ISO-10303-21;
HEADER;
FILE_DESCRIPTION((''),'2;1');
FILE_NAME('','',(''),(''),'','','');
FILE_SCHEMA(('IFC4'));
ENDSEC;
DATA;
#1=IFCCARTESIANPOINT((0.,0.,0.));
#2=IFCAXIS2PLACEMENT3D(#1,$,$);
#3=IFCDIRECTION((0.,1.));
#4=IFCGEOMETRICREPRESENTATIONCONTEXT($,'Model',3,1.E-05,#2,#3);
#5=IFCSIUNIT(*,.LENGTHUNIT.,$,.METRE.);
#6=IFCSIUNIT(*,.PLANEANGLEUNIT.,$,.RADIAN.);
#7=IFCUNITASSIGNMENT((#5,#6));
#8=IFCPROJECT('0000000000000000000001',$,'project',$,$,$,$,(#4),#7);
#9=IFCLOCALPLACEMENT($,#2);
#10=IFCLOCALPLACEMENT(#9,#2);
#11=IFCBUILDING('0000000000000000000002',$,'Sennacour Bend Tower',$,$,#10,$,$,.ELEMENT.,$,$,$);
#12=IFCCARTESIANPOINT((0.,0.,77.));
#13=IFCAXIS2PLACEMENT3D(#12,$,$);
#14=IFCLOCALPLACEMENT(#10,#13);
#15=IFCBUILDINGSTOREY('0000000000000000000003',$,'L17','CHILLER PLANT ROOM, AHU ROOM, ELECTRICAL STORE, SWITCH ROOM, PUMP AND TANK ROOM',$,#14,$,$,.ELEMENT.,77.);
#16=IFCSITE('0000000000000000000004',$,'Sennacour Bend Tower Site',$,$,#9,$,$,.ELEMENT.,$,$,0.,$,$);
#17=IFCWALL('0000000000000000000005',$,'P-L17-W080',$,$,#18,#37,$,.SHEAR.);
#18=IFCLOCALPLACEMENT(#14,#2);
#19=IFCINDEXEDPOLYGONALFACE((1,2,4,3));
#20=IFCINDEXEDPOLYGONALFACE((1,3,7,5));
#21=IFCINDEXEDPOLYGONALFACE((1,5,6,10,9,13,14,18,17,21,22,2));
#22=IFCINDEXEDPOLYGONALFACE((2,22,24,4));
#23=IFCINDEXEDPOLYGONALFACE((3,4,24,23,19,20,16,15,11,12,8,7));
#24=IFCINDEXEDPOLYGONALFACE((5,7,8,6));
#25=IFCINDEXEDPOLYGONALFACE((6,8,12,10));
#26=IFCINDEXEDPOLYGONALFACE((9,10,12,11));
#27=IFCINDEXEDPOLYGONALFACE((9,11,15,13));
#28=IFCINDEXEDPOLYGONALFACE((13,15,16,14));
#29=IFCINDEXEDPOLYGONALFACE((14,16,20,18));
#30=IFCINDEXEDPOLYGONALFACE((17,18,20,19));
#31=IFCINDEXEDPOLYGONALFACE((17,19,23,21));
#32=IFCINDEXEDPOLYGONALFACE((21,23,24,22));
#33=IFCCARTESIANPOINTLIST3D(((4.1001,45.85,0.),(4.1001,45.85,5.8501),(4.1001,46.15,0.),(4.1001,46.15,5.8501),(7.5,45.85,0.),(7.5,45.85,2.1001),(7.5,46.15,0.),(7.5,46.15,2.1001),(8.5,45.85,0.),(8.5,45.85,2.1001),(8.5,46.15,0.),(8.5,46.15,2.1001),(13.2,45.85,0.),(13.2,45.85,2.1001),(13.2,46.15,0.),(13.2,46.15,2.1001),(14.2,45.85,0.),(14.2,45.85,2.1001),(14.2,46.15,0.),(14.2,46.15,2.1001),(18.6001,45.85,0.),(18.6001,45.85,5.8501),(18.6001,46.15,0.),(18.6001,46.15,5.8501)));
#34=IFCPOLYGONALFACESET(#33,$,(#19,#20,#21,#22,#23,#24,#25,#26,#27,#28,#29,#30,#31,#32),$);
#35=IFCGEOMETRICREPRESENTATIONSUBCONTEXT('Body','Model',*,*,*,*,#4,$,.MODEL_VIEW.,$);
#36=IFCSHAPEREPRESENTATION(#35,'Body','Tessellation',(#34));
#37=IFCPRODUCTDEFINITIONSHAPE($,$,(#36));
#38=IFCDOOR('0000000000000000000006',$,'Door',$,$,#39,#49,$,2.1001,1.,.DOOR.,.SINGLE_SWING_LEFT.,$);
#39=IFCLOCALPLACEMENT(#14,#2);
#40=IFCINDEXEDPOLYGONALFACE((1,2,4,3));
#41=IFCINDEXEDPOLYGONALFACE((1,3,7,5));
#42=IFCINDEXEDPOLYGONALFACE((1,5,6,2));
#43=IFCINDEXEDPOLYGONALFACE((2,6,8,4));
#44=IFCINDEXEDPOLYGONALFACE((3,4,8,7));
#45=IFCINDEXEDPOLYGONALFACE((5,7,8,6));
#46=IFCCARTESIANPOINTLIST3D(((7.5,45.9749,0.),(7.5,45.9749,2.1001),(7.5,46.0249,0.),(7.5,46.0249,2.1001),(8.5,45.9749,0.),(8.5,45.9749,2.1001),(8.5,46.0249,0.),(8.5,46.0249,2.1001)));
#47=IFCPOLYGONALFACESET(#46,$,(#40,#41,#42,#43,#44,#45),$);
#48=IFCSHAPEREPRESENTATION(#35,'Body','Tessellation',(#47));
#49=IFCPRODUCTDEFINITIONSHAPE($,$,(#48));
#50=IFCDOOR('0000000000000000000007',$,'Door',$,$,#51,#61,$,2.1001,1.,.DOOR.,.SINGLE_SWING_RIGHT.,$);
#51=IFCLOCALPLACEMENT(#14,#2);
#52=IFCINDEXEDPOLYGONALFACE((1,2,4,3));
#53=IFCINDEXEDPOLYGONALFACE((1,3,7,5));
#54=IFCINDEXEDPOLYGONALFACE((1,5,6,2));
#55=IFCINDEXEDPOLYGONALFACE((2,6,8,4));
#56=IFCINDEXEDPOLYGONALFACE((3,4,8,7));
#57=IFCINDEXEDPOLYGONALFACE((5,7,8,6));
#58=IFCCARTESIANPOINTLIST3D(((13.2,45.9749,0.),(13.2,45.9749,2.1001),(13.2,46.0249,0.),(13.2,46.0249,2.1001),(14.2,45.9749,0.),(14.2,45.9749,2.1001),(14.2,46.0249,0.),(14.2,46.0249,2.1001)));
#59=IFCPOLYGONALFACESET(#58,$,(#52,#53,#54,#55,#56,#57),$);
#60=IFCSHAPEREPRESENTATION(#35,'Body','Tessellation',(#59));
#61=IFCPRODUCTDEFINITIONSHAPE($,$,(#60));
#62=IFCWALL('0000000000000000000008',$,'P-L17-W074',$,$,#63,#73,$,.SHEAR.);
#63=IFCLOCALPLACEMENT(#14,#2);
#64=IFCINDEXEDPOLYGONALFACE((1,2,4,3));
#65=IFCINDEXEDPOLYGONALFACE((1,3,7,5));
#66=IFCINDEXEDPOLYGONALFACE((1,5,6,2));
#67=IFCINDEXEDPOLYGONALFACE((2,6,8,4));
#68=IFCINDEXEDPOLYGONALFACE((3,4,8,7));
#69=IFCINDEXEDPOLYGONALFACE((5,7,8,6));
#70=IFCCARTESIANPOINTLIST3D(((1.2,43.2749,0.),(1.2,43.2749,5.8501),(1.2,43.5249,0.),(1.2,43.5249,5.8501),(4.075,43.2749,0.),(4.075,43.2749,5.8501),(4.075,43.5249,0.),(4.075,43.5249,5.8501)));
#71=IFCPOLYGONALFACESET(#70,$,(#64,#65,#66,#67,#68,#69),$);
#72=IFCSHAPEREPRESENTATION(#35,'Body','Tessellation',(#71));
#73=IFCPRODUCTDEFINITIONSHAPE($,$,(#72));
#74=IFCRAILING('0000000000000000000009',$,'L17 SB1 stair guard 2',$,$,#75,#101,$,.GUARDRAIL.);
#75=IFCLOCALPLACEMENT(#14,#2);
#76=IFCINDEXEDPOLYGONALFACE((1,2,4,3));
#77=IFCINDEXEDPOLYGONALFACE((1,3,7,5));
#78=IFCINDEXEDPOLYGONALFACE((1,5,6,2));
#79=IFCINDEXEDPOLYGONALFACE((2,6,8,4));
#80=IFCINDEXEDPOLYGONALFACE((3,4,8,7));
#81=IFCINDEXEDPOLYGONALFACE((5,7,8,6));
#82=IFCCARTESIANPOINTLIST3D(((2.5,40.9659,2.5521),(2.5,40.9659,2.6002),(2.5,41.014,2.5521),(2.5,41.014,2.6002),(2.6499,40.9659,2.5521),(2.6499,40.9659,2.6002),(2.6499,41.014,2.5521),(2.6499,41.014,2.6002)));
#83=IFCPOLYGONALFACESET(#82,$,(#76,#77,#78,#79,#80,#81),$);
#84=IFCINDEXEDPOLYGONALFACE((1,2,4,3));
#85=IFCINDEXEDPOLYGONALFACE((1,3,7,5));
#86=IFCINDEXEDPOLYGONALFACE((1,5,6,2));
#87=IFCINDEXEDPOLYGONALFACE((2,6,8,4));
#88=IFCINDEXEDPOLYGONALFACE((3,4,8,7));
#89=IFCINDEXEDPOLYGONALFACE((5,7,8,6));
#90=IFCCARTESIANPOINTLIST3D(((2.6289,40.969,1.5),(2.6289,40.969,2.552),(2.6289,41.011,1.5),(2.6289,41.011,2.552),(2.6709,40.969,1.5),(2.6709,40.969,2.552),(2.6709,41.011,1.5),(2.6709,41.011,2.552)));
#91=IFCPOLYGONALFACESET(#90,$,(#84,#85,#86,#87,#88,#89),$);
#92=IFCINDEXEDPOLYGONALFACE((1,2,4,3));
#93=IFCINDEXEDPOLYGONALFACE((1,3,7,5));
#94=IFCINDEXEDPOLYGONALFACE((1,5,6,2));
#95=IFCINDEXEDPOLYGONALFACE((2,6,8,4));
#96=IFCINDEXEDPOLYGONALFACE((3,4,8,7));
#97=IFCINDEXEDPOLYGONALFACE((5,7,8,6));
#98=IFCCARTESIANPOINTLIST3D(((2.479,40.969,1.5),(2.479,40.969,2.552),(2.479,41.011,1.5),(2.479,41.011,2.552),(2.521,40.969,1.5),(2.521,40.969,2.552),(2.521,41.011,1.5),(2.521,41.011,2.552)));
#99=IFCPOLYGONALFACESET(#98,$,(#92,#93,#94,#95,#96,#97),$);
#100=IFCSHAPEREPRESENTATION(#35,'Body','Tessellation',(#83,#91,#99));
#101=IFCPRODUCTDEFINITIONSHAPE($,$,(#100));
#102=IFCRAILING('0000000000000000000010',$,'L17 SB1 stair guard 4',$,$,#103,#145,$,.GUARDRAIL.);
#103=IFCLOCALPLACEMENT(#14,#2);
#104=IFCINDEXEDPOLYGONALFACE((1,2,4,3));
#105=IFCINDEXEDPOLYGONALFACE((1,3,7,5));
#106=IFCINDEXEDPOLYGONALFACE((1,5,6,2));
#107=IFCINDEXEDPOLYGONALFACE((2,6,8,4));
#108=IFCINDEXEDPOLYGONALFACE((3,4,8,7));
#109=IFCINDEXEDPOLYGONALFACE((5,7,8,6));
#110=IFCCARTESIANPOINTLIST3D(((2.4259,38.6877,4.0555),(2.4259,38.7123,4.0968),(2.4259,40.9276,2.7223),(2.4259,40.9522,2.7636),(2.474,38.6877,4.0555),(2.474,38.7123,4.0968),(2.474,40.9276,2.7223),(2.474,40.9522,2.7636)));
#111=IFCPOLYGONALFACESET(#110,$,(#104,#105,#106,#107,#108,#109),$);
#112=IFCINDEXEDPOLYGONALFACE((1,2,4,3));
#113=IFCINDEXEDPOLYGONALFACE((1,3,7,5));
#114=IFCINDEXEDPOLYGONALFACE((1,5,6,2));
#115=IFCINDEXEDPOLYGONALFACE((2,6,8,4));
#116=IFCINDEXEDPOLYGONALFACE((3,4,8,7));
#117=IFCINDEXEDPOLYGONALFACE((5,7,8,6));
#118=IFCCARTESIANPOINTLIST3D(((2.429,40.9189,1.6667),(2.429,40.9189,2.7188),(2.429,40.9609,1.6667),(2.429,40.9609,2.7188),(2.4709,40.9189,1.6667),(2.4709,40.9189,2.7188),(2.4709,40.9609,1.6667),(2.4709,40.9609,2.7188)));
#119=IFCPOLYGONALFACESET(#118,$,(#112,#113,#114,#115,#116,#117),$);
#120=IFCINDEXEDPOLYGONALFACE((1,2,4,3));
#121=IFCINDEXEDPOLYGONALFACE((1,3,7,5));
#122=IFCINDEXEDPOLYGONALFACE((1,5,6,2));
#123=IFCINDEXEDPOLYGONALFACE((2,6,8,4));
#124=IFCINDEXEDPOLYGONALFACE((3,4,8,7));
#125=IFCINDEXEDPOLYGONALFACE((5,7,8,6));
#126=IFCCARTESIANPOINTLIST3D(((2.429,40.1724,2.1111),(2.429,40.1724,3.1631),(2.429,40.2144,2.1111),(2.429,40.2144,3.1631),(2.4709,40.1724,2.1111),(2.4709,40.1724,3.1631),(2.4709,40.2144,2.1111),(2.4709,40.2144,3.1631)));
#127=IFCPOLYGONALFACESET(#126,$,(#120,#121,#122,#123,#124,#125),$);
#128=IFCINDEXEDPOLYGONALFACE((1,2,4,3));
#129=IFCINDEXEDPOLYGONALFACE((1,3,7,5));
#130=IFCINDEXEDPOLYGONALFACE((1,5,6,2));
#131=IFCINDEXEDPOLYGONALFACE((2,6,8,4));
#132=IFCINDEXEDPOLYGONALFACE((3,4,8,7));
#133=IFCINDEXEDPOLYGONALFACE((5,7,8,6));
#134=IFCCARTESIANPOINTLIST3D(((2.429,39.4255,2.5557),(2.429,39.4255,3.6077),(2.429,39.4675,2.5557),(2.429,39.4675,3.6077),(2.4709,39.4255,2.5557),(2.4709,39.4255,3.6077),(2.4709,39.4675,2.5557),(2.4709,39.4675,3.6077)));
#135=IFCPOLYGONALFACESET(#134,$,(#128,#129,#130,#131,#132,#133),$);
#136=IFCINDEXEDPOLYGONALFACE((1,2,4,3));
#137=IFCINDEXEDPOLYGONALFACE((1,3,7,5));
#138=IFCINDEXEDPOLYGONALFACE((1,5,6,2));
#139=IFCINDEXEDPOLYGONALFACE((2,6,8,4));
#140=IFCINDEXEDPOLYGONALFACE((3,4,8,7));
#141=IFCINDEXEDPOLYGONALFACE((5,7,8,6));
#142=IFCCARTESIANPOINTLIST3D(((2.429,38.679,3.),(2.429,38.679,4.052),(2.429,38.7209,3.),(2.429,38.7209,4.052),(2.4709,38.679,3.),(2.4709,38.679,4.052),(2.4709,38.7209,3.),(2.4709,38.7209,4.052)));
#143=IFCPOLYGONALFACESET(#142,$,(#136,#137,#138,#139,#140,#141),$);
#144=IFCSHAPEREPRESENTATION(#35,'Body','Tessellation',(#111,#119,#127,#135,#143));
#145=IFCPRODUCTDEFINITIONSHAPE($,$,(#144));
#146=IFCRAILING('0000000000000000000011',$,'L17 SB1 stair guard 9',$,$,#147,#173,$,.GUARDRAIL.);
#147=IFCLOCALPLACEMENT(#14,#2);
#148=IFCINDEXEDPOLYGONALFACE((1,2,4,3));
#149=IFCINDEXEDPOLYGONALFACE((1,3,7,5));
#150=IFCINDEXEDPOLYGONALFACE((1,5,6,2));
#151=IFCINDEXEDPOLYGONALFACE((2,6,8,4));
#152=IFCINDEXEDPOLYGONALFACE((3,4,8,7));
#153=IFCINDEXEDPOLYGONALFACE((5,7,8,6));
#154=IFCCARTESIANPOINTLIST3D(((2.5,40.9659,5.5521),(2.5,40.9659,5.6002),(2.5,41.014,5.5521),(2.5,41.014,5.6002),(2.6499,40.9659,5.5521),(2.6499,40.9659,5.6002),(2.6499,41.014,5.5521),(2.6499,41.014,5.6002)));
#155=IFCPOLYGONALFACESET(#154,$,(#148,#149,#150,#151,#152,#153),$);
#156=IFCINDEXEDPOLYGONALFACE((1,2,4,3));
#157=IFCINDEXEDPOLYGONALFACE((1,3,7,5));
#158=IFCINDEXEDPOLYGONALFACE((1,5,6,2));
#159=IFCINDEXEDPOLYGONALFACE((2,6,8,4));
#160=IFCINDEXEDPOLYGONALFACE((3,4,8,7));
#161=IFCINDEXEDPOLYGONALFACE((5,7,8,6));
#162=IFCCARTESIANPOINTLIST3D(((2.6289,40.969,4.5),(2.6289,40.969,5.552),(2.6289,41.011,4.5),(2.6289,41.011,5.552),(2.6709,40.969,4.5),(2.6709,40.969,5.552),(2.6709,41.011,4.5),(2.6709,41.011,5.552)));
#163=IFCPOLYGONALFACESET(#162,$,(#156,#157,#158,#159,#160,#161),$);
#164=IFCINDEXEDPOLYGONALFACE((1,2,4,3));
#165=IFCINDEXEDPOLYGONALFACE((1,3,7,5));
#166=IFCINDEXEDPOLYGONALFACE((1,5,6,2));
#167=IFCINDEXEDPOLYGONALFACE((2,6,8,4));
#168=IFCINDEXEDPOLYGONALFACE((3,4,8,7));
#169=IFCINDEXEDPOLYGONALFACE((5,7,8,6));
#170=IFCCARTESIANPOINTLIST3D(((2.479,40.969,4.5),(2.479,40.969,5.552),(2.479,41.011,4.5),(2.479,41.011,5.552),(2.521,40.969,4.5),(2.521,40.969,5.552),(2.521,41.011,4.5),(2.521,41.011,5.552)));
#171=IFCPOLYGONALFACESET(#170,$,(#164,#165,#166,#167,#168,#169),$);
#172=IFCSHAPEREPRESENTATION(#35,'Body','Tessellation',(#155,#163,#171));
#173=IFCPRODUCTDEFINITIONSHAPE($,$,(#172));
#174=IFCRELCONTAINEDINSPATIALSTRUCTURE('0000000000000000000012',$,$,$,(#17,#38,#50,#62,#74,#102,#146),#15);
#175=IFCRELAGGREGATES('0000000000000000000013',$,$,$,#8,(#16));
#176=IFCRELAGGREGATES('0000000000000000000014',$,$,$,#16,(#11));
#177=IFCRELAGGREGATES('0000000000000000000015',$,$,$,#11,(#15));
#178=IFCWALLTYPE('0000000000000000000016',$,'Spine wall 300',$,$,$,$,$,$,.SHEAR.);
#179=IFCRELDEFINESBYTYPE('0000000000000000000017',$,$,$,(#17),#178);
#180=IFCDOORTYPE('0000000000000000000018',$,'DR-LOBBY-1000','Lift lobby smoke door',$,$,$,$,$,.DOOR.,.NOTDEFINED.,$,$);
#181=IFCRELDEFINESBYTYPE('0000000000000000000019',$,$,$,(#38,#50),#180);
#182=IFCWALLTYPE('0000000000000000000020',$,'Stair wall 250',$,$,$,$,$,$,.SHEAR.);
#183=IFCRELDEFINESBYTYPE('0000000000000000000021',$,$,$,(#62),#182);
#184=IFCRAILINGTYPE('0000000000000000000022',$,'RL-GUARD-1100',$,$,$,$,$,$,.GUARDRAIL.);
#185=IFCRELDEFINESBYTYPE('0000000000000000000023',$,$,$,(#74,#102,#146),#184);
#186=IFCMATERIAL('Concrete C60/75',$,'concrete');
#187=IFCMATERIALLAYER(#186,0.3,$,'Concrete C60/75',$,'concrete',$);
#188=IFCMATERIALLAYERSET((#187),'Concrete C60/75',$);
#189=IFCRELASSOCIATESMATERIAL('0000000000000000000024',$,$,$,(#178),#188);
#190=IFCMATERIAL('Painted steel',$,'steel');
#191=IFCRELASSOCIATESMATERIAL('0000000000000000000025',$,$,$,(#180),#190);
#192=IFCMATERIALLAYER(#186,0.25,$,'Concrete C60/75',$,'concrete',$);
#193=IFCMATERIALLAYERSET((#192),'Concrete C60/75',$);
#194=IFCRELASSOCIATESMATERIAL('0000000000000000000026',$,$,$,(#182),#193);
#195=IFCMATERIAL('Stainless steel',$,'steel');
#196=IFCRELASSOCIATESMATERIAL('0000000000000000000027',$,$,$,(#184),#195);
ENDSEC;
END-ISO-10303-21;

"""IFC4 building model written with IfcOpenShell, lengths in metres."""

from ifc_helpers import new_model, si_unit, direction, frame, frame_2d, origin, origin_2d, place, context, subcontext, project, spatial, rectangle, extrude, material, layer, layer_set, type_object, element, fill, save


model = new_model("IFC4")

# Units and contexts
model_context = context("Model", 3, precision=1e-05, world=origin(), true_north=direction((0.0, 1.0)))
body_context = subcontext(model_context, "Body", "Model", "MODEL_VIEW")
ifc_project = project(units=[si_unit("LENGTHUNIT", "METRE"), si_unit("PLANEANGLEUNIT", "RADIAN")], contexts=[model_context])

# Site, building, storey
site_placement = place(None, origin())
site = spatial("IfcSite", under=ifc_project, at=site_placement, Name="Sennacour Bend Tower Site", CompositionType="ELEMENT", RefElevation=0.0)
building_placement = place(site_placement, origin())
building = spatial("IfcBuilding", under=site, at=building_placement, Name="Sennacour Bend Tower", CompositionType="ELEMENT")
storey_placement = place(building_placement, frame((0.0, 0.0, 77.0)))
storey = spatial("IfcBuildingStorey", under=building, at=storey_placement, Name="L17", Description="CHILLER PLANT ROOM, AHU ROOM, ELECTRICAL STORE, SWITCH ROOM, PUMP AND TANK ROOM", CompositionType="ELEMENT", Elevation=77.0)

# Shared definitions
ifc_material_1 = material(Name="Painted steel", Category="steel")

# Wall, openings, doors
ifc_material_2 = material(Name="Concrete C60/75", Category="concrete")
ifc_layer_1 = layer(ifc_material_2, 0.3, Name="Concrete C60/75", Category="concrete")
ifc_layer_set_1 = layer_set([ifc_layer_1], Name="Concrete C60/75")
wall_type_1 = type_object("IfcWallType", Name="Spine wall 300", PredefinedType="SHEAR", material=ifc_layer_set_1)
wall_1_placement = place(storey_placement, frame((4.1001, 46.0, 0.0), z_axis=(0.0, 0.0, 1.0), x_axis=(1.0, 0.0, 0.0)))
wall_1 = element("IfcWall", 1, at=wall_1_placement, inside=storey, type_object=wall_type_1, Name="P-L17-W080", PredefinedType="SHEAR", context=body_context, shape_type="SweptSolid", body=[
    extrude(rectangle(XDim=14.5, YDim=0.3, at=frame_2d((7.25, 0.0))), origin(), (0.0, 0.0, 1.0), 5.8501),
])
opening_1_placement = place(wall_1_placement, frame((3.3999, 0.0, 0.0)))
opening_1 = element("IfcOpeningElement", 2, at=opening_1_placement, cuts=wall_1, PredefinedType="OPENING", context=body_context, shape_type="SweptSolid", body=[
    extrude(rectangle(XDim=1.0, YDim=2.1001, at=frame_2d((0.5, 1.05))), frame((0.0, 0.1602, 0.0), z_axis=(0.0, -1.0, 0.0), x_axis=(1.0, 0.0, 0.0)), (0.0, 0.0, 1.0), 0.3201),
])
opening_2_placement = place(wall_1_placement, frame((9.0999, 0.0, 0.0)))
opening_2 = element("IfcOpeningElement", 3, at=opening_2_placement, cuts=wall_1, PredefinedType="OPENING", context=body_context, shape_type="SweptSolid", body=[
    extrude(rectangle(XDim=1.0, YDim=2.1001, at=frame_2d((0.5, 1.05))), frame((0.0, 0.1602, 0.0), z_axis=(0.0, -1.0, 0.0), x_axis=(1.0, 0.0, 0.0)), (0.0, 0.0, 1.0), 0.3201),
])
door_type_1 = type_object("IfcDoorType", Name="DR-LOBBY-1000", Description="Lift lobby smoke door", OperationType="NOTDEFINED", PredefinedType="DOOR", material=ifc_material_1)
door_1_placement = place(opening_1_placement, origin())
door_1 = element("IfcDoor", 4, at=door_1_placement, inside=storey, type_object=door_type_1, Name="Door", OperationType="SINGLE_SWING_LEFT", OverallHeight=2.1001, OverallWidth=1.0, PredefinedType="DOOR", context=body_context, shape_type="SweptSolid", body=[
    extrude(rectangle(XDim=1.0, YDim=2.1001, at=frame_2d((0.5, 1.05))), frame((0.0, 0.0249, 0.0), z_axis=(0.0, -1.0, 0.0), x_axis=(1.0, 0.0, 0.0)), (0.0, 0.0, 1.0), 0.05),
])
fill(opening_1, door_1)
door_2_placement = place(opening_2_placement, origin())
door_2 = element("IfcDoor", 5, at=door_2_placement, inside=storey, type_object=door_type_1, Name="Door", OperationType="SINGLE_SWING_RIGHT", OverallHeight=2.1001, OverallWidth=1.0, PredefinedType="DOOR", context=body_context, shape_type="SweptSolid", body=[
    extrude(rectangle(XDim=1.0, YDim=2.1001, at=frame_2d((0.5, 1.05))), frame((0.0, 0.0249, 0.0), z_axis=(0.0, -1.0, 0.0), x_axis=(1.0, 0.0, 0.0)), (0.0, 0.0, 1.0), 0.05),
])
fill(opening_2, door_2)

# Wall
ifc_layer_2 = layer(ifc_material_2, 0.25, Name="Concrete C60/75", Category="concrete")
ifc_layer_set_2 = layer_set([ifc_layer_2], Name="Concrete C60/75")
wall_type_2 = type_object("IfcWallType", Name="Stair wall 250", PredefinedType="SHEAR", material=ifc_layer_set_2)
wall_2_placement = place(storey_placement, frame((1.2, 43.3999, 0.0), z_axis=(0.0, 0.0, 1.0), x_axis=(1.0, 0.0, 0.0)))
element("IfcWall", 6, at=wall_2_placement, inside=storey, type_object=wall_type_2, Name="P-L17-W074", PredefinedType="SHEAR", context=body_context, shape_type="SweptSolid", body=[
    extrude(rectangle(XDim=2.875, YDim=0.25, at=frame_2d((1.4375, 0.0))), origin(), (0.0, 0.0, 1.0), 5.8501),
])

# Railings
ifc_material_3 = material(Name="Stainless steel", Category="steel")
railing_type = type_object("IfcRailingType", Name="RL-GUARD-1100", PredefinedType="GUARDRAIL", material=ifc_material_3)
railing_1_placement = place(storey_placement, frame((2.6499, 40.99, 1.5)))
element("IfcRailing", 7, at=railing_1_placement, inside=storey, type_object=railing_type, Name="L17 SB1 stair guard 2", PredefinedType="GUARDRAIL", context=body_context, shape_type="SweptSolid", body=[
    extrude(rectangle(XDim=0.0481, YDim=0.0481, at=origin_2d()), frame((0.0, 0.0, 1.0762), z_axis=(-1.0, 0.0, 0.0), x_axis=(0.0, -1.0, 0.0)), (0.0, 0.0, 1.0), 0.1499),
    extrude(rectangle(XDim=0.042, YDim=0.042, at=origin_2d()), origin(), (0.0, 0.0, 1.0), 1.052),
    extrude(rectangle(XDim=0.042, YDim=0.042, at=origin_2d()), frame((-0.1499, 0.0, 0.0)), (0.0, 0.0, 1.0), 1.052),
])
railing_2_placement = place(storey_placement, frame((2.45, 40.9399, 1.6667)))
element("IfcRailing", 8, at=railing_2_placement, inside=storey, type_object=railing_type, Name="L17 SB1 stair guard 4", PredefinedType="GUARDRAIL", context=body_context, shape_type="SweptSolid", body=[
    extrude(rectangle(XDim=0.0481, YDim=0.0481, at=origin_2d()), frame((0.0, 0.0, 1.0762), z_axis=(0.0, -0.859306, 0.511462), x_axis=(1.0, 0.0, 0.0)), (0.0, 0.0, 1.0), 2.6067),
    extrude(rectangle(XDim=0.042, YDim=0.042, at=origin_2d()), origin(), (0.0, 0.0, 1.0), 1.052),
    extrude(rectangle(XDim=0.042, YDim=0.042, at=origin_2d()), frame((0.0, -0.7466, 0.4443)), (0.0, 0.0, 1.0), 1.052),
    extrude(rectangle(XDim=0.042, YDim=0.042, at=origin_2d()), frame((0.0, -1.4934, 0.8889)), (0.0, 0.0, 1.0), 1.052),
    extrude(rectangle(XDim=0.042, YDim=0.042, at=origin_2d()), frame((0.0, -2.24, 1.3333)), (0.0, 0.0, 1.0), 1.052),
])
railing_3_placement = place(storey_placement, frame((2.6499, 40.99, 4.5)))
element("IfcRailing", 9, at=railing_3_placement, inside=storey, type_object=railing_type, Name="L17 SB1 stair guard 9", PredefinedType="GUARDRAIL", context=body_context, shape_type="SweptSolid", body=[
    extrude(rectangle(XDim=0.0481, YDim=0.0481, at=origin_2d()), frame((0.0, 0.0, 1.0762), z_axis=(-1.0, 0.0, 0.0), x_axis=(0.0, -1.0, 0.0)), (0.0, 0.0, 1.0), 0.1499),
    extrude(rectangle(XDim=0.042, YDim=0.042, at=origin_2d()), origin(), (0.0, 0.0, 1.0), 1.052),
    extrude(rectangle(XDim=0.042, YDim=0.042, at=origin_2d()), frame((-0.1499, 0.0, 0.0)), (0.0, 0.0, 1.0), 1.052),
])

save(model, "model.ifc")
